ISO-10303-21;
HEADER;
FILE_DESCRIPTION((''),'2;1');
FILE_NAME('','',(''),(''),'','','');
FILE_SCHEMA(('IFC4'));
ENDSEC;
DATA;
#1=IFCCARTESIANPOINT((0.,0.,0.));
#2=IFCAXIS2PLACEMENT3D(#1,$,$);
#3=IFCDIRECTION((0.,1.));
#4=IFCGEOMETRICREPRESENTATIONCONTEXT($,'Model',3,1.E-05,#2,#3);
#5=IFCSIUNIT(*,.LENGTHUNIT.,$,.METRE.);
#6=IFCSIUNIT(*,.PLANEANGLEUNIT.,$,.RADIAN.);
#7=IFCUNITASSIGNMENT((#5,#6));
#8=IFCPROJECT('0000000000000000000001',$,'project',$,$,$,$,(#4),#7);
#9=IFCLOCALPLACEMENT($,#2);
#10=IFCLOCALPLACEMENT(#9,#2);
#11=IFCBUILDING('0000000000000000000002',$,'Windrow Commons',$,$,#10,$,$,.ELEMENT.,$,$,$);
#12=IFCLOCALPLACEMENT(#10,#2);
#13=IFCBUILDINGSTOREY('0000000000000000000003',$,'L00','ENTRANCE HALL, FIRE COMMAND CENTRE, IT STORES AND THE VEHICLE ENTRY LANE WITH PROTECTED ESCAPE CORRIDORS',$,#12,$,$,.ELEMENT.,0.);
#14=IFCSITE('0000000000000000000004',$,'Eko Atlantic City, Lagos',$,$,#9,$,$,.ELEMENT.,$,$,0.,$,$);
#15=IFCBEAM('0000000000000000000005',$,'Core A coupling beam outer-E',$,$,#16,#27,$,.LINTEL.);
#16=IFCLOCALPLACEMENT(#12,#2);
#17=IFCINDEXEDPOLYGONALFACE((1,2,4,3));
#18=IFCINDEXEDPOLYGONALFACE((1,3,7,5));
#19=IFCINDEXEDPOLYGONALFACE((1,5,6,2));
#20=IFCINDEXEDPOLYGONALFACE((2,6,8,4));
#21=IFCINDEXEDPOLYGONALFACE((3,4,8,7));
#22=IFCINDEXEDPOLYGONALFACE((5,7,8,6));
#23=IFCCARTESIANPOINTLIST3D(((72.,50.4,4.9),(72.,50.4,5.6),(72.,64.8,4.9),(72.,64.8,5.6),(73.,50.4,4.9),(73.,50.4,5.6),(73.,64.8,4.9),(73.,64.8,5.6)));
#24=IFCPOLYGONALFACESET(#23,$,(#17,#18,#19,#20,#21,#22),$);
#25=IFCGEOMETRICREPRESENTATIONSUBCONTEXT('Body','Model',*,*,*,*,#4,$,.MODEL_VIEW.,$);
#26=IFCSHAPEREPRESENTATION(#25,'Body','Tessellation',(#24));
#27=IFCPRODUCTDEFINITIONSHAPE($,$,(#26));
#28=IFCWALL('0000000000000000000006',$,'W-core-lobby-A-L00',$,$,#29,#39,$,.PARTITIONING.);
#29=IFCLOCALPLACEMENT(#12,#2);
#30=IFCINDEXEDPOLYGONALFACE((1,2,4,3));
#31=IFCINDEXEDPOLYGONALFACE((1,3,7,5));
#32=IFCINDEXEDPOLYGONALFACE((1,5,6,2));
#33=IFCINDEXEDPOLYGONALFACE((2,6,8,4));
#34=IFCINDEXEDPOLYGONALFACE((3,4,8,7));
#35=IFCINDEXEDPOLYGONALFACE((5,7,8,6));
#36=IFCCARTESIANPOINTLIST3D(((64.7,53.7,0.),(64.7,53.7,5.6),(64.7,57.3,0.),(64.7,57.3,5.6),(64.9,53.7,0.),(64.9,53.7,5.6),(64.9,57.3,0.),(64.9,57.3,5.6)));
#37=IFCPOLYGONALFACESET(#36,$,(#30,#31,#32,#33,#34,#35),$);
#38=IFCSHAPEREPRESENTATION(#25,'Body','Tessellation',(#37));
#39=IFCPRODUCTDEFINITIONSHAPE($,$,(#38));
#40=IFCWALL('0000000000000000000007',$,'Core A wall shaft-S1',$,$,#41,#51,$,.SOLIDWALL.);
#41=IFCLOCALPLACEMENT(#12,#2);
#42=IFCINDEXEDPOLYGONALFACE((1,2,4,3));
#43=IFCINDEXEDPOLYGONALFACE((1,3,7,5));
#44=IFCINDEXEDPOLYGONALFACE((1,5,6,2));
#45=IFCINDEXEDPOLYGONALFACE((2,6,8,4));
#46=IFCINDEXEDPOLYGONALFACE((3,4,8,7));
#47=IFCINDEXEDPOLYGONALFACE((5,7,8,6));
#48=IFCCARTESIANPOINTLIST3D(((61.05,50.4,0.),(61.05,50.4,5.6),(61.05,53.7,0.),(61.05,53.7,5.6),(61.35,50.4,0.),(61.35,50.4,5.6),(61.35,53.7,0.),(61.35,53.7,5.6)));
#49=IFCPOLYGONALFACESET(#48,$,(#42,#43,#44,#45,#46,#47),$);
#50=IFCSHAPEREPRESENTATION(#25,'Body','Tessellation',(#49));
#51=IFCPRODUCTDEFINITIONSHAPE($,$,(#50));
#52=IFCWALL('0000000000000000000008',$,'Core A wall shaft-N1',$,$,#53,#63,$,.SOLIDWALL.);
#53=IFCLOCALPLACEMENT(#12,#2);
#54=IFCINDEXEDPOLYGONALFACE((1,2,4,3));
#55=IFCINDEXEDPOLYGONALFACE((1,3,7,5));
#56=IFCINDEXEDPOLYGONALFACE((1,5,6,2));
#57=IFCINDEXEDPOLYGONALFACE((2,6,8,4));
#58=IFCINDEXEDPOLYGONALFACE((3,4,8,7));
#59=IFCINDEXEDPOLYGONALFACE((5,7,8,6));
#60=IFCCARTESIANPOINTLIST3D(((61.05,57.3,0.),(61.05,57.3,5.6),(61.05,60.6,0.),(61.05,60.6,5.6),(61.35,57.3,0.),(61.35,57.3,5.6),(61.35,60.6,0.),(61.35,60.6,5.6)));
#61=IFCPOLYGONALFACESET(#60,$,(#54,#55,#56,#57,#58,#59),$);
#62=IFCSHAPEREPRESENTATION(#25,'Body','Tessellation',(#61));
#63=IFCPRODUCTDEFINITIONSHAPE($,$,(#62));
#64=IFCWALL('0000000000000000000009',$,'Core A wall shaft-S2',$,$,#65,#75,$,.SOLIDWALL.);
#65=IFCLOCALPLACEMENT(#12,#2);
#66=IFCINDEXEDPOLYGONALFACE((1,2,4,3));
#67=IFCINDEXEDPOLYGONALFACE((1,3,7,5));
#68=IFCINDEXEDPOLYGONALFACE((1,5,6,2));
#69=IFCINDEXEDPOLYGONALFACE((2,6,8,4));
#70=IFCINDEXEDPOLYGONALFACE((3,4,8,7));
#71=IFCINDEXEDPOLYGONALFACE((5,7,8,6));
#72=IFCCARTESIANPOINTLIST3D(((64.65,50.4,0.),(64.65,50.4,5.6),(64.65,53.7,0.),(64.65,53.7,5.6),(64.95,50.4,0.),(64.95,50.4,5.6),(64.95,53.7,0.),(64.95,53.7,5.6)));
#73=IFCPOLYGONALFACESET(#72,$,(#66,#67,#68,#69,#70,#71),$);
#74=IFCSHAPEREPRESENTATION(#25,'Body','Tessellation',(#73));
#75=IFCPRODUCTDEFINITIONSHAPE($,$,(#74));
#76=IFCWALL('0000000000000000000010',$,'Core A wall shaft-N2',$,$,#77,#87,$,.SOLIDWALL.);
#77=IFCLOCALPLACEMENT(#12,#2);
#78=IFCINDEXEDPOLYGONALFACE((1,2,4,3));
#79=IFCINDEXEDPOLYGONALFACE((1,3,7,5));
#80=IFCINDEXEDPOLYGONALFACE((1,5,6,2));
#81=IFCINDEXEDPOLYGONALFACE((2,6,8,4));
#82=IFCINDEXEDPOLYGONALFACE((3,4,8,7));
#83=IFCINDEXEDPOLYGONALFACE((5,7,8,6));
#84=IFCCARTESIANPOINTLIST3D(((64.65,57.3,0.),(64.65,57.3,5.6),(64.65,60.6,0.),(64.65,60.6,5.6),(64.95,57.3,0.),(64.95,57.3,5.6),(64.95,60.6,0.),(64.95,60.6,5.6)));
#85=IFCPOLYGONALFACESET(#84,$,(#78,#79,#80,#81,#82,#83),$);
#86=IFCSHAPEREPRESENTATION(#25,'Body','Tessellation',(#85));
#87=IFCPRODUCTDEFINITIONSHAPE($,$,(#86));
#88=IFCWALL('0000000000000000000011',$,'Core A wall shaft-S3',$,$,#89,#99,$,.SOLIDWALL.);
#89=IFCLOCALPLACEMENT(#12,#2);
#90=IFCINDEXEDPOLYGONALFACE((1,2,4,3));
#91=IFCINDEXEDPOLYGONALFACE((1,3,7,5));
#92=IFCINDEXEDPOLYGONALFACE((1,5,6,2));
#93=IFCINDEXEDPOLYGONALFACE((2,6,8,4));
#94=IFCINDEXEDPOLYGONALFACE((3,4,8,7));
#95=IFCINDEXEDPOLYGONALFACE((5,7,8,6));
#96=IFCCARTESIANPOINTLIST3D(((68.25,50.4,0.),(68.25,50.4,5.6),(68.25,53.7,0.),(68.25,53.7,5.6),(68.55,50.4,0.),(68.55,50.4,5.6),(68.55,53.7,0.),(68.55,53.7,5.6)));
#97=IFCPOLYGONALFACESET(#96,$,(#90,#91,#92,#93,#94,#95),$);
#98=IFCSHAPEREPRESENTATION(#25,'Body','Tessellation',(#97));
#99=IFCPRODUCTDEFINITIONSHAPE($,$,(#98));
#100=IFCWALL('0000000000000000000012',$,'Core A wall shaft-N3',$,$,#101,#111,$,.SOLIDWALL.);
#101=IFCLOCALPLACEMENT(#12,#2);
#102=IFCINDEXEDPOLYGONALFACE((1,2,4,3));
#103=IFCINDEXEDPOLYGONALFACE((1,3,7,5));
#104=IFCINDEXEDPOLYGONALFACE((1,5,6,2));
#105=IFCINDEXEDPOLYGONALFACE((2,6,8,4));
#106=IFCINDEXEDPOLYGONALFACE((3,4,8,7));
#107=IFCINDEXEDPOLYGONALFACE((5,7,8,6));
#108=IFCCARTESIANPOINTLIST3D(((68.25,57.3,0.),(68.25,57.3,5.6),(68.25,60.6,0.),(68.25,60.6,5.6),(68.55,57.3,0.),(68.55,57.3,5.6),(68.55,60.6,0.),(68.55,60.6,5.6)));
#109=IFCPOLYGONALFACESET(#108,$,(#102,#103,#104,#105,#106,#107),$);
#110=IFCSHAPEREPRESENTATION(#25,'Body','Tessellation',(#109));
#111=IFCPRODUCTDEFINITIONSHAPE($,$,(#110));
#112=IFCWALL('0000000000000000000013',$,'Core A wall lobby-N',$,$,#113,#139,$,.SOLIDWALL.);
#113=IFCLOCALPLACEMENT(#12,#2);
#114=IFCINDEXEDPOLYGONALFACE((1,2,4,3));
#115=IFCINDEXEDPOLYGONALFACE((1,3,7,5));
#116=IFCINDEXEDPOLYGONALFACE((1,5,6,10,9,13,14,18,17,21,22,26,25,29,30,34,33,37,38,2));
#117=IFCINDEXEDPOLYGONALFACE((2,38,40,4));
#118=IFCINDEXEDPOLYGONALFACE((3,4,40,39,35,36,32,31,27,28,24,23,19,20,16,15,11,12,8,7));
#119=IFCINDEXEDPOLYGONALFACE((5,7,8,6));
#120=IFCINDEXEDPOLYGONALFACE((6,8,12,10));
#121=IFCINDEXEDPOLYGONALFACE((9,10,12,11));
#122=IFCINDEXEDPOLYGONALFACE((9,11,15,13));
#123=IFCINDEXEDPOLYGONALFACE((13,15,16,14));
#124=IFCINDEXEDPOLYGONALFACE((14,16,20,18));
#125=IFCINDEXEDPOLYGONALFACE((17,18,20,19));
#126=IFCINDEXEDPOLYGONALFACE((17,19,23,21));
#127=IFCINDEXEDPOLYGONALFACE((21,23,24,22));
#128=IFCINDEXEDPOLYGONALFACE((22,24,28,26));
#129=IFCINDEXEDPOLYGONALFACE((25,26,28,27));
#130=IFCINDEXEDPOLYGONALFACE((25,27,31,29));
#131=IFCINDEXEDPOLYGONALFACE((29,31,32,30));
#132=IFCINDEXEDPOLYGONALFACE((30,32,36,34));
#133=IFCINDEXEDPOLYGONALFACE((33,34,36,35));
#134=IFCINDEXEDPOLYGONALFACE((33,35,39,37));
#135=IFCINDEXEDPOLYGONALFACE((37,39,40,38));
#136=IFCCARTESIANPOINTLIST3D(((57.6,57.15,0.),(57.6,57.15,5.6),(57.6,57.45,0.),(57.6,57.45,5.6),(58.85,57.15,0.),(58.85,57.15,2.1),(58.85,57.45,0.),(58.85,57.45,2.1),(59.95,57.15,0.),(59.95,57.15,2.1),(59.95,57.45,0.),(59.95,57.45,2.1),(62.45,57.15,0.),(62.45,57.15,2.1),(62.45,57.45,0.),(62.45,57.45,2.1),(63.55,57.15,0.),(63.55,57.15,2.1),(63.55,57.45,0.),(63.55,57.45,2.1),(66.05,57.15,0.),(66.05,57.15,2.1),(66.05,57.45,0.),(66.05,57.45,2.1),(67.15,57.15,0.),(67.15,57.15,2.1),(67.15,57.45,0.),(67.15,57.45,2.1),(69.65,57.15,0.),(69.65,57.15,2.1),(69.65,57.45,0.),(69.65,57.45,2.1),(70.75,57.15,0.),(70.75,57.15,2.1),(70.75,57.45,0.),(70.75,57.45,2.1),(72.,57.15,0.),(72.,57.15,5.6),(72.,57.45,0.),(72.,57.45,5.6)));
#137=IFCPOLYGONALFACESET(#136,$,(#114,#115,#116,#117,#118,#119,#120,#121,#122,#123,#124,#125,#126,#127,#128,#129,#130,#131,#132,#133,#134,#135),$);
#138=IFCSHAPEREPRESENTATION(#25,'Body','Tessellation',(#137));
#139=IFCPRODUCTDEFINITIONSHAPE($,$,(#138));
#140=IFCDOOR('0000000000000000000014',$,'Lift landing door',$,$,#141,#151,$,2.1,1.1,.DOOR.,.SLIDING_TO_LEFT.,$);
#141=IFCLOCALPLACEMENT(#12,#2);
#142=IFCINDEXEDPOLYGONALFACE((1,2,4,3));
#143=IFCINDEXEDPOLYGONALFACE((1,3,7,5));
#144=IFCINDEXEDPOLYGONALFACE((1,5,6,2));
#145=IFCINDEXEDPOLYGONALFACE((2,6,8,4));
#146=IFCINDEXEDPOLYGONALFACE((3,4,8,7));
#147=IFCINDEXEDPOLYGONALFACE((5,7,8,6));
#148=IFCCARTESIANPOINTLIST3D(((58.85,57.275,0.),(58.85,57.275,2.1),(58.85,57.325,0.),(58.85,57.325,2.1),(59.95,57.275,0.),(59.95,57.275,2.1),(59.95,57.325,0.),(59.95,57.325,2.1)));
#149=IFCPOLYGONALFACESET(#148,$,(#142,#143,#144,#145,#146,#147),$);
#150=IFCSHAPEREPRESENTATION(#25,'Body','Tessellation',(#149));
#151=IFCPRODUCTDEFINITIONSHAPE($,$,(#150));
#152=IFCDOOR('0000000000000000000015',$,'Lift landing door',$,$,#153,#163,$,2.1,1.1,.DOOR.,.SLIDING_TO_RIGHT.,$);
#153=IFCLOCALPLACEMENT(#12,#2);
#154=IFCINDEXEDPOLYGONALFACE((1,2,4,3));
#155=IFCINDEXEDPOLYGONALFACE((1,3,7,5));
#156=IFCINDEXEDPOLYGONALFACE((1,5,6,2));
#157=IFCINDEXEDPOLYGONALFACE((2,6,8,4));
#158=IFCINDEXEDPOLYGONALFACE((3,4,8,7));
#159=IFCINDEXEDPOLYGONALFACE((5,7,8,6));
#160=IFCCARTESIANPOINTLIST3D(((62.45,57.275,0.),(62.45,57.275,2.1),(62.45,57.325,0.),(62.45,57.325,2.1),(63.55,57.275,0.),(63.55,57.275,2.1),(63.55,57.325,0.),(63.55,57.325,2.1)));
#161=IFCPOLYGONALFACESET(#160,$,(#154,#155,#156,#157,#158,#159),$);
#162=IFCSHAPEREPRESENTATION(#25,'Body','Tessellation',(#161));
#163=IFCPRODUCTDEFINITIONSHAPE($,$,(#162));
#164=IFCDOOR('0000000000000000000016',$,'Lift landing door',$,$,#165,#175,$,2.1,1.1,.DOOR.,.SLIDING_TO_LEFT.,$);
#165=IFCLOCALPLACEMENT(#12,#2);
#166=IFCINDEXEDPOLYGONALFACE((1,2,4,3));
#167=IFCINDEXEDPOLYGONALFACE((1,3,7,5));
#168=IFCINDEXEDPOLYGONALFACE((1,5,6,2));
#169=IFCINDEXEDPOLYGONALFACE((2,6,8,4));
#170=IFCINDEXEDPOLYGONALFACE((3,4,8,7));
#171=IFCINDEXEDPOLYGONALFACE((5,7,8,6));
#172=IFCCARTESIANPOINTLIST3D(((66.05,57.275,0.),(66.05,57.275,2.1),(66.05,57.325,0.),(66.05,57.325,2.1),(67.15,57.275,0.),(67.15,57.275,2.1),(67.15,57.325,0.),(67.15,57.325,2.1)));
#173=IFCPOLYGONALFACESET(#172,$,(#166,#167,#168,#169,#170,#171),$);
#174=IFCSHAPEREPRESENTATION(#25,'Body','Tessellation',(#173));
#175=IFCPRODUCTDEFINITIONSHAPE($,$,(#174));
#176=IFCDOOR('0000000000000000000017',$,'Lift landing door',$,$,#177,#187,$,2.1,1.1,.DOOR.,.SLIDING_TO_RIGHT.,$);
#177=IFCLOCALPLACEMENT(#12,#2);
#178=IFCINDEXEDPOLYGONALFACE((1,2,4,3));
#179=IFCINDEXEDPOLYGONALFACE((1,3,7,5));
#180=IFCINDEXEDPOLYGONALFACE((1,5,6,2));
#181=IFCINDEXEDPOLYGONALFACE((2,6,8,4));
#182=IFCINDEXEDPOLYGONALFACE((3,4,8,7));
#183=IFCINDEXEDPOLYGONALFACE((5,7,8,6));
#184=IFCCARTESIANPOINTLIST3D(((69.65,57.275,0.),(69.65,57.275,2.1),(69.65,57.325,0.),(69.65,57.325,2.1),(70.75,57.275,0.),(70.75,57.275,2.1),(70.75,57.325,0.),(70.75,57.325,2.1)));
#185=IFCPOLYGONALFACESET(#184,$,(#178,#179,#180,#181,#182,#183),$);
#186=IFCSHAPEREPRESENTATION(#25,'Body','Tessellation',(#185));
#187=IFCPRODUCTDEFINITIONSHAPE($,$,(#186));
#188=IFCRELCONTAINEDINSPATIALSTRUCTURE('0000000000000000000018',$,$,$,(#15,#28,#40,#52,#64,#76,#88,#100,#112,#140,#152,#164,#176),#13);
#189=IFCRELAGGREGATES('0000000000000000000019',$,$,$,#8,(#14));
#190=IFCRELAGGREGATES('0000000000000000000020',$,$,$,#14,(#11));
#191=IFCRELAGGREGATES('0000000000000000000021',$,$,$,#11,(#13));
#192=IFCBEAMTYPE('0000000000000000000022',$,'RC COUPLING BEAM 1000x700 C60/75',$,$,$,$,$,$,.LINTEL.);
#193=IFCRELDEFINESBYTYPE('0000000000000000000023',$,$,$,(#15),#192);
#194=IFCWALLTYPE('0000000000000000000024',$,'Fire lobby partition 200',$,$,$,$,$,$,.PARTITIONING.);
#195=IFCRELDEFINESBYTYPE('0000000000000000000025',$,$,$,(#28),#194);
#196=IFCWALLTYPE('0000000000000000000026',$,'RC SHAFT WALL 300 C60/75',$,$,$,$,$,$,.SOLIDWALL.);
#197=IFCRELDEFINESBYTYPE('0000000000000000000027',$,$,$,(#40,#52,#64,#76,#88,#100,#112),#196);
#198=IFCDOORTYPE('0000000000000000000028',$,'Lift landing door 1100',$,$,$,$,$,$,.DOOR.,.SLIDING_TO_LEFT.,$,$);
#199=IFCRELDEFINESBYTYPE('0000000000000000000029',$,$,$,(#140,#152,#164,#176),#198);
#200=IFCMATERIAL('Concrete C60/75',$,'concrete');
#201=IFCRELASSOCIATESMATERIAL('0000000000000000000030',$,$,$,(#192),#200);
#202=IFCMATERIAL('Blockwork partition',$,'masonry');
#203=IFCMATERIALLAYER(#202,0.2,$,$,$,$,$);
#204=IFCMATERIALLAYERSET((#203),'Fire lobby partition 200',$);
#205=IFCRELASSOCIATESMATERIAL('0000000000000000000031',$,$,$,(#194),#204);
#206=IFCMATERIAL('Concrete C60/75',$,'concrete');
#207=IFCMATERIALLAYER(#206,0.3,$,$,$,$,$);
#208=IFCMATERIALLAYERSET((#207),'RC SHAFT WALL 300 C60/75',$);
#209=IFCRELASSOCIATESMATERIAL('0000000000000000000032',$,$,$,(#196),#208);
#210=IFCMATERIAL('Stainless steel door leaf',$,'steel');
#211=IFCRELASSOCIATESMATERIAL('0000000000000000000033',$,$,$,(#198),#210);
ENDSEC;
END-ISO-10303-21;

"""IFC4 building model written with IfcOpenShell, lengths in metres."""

from ifc_helpers import new_model, si_unit, direction, frame, frame_2d, origin, origin_2d, place, context, subcontext, project, spatial, rectangle, extrude, material, layer, layer_set, material_profile, profile_set, type_object, element, fill, save


model = new_model("IFC4")

# Units and contexts
model_context = context("Model", 3, precision=1e-05, world=origin(), true_north=direction((0.0, 1.0)))
body_context = subcontext(model_context, "Body", "Model", "MODEL_VIEW")
ifc_project = project(units=[si_unit("LENGTHUNIT", "METRE"), si_unit("PLANEANGLEUNIT", "RADIAN")], contexts=[model_context])

# Site, building, storey
site_placement = place(None, origin())
site = spatial("IfcSite", under=ifc_project, at=site_placement, Name="Eko Atlantic City, Lagos", CompositionType="ELEMENT", RefElevation=0.0)
building_placement = place(site_placement, origin())
building = spatial("IfcBuilding", under=site, at=building_placement, Name="Windrow Commons", CompositionType="ELEMENT")
storey_placement = place(building_placement, origin())
storey = spatial("IfcBuildingStorey", under=building, at=storey_placement, Name="L00", Description="ENTRANCE HALL, FIRE COMMAND CENTRE, IT STORES AND THE VEHICLE ENTRY LANE WITH PROTECTED ESCAPE CORRIDORS", CompositionType="ELEMENT", Elevation=0.0)

# Beam
ifc_material_1 = material(Name="Concrete C60/75", Category="concrete")
ifc_material_profile = material_profile(ifc_material_1, rectangle(XDim=1.0, YDim=0.7, at=origin_2d()))
ifc_profile_set = profile_set([ifc_material_profile], Name="Concrete C60/75")
beam_type = type_object("IfcBeamType", Name="RC COUPLING BEAM 1000x700 C60/75", PredefinedType="LINTEL", material=ifc_profile_set)
beam_placement = place(storey_placement, frame((72.5, 50.4, 5.25), z_axis=(0.0, 1.0, 0.0), x_axis=(-1.0, 0.0, 0.0)))
element("IfcBeam", 1, at=beam_placement, inside=storey, type_object=beam_type, Name="Core A coupling beam outer-E", PredefinedType="LINTEL", context=body_context, shape_type="SweptSolid", body=[
    extrude(rectangle(XDim=1.0, YDim=0.7, at=origin_2d()), origin(), (0.0, 0.0, 1.0), 14.4),
])

# Walls
ifc_material_2 = material(Name="Blockwork partition", Category="masonry")
ifc_layer_1 = layer(ifc_material_2, 0.2)
ifc_layer_set_1 = layer_set([ifc_layer_1], Name="Fire lobby partition 200")
wall_type_1 = type_object("IfcWallType", Name="Fire lobby partition 200", PredefinedType="PARTITIONING", material=ifc_layer_set_1)
wall_1_placement = place(storey_placement, frame((64.8, 53.7, 0.0), z_axis=(0.0, 0.0, 1.0), x_axis=(0.0, 1.0, 0.0)))
element("IfcWall", 2, at=wall_1_placement, inside=storey, type_object=wall_type_1, Name="W-core-lobby-A-L00", PredefinedType="PARTITIONING", context=body_context, shape_type="SweptSolid", body=[
    extrude(rectangle(XDim=3.6, YDim=0.2, at=frame_2d((1.8, 0.0))), origin(), (0.0, 0.0, 1.0), 5.6),
])
ifc_material_3 = material(Name="Concrete C60/75", Category="concrete")
ifc_layer_2 = layer(ifc_material_3, 0.3)
ifc_layer_set_2 = layer_set([ifc_layer_2], Name="RC SHAFT WALL 300 C60/75")
wall_type_2 = type_object("IfcWallType", Name="RC SHAFT WALL 300 C60/75", PredefinedType="SOLIDWALL", material=ifc_layer_set_2)
for number, where, z_axis, x_axis, name in (
    (3, (61.2, 50.4, 0.0), (0.0, 0.0, 1.0), (0.0, 1.0, 0.0), "Core A wall shaft-S1"),
    (4, (61.2, 57.3, 0.0), (0.0, 0.0, 1.0), (0.0, 1.0, 0.0), "Core A wall shaft-N1"),
    (5, (64.8, 50.4, 0.0), (0.0, 0.0, 1.0), (0.0, 1.0, 0.0), "Core A wall shaft-S2"),
    (6, (64.8, 57.3, 0.0), (0.0, 0.0, 1.0), (0.0, 1.0, 0.0), "Core A wall shaft-N2"),
    (7, (68.4, 50.4, 0.0), (0.0, 0.0, 1.0), (0.0, 1.0, 0.0), "Core A wall shaft-S3"),
    (8, (68.4, 57.3, 0.0), (0.0, 0.0, 1.0), (0.0, 1.0, 0.0), "Core A wall shaft-N3"),
):
    element("IfcWall", number, at=place(storey_placement, frame(where, z_axis=z_axis, x_axis=x_axis)), inside=storey, type_object=wall_type_2, Name=name, PredefinedType="SOLIDWALL", context=body_context, shape_type="SweptSolid", body=[
        extrude(rectangle(XDim=3.3, YDim=0.3, at=frame_2d((1.65, 0.0))), origin(), (0.0, 0.0, 1.0), 5.6),
    ])

# Wall, openings, doors
wall_2_placement = place(storey_placement, frame((57.6, 57.3, 0.0), z_axis=(0.0, 0.0, 1.0), x_axis=(1.0, 0.0, 0.0)))
wall_2 = element("IfcWall", 9, at=wall_2_placement, inside=storey, type_object=wall_type_2, Name="Core A wall lobby-N", PredefinedType="SOLIDWALL", context=body_context, shape_type="SweptSolid", body=[
    extrude(rectangle(XDim=14.4, YDim=0.3, at=frame_2d((7.2, 0.0))), origin(), (0.0, 0.0, 1.0), 5.6),
])
opening_1_placement = place(wall_2_placement, frame((1.25, 0.0, 0.0)))
opening_1 = element("IfcOpeningElement", 10, at=opening_1_placement, cuts=wall_2, PredefinedType="OPENING", context=body_context, shape_type="SweptSolid", body=[
    extrude(rectangle(XDim=1.1, YDim=2.1, at=frame_2d((0.55, 1.05))), frame((0.0, 0.16, 0.0), z_axis=(0.0, -1.0, 0.0), x_axis=(1.0, 0.0, 0.0)), (0.0, 0.0, 1.0), 0.32),
])
opening_2_placement = place(wall_2_placement, frame((4.85, 0.0, 0.0)))
opening_2 = element("IfcOpeningElement", 11, at=opening_2_placement, cuts=wall_2, PredefinedType="OPENING", context=body_context, shape_type="SweptSolid", body=[
    extrude(rectangle(XDim=1.1, YDim=2.1, at=frame_2d((0.55, 1.05))), frame((0.0, 0.16, 0.0), z_axis=(0.0, -1.0, 0.0), x_axis=(1.0, 0.0, 0.0)), (0.0, 0.0, 1.0), 0.32),
])
opening_3_placement = place(wall_2_placement, frame((8.45, 0.0, 0.0)))
opening_3 = element("IfcOpeningElement", 12, at=opening_3_placement, cuts=wall_2, PredefinedType="OPENING", context=body_context, shape_type="SweptSolid", body=[
    extrude(rectangle(XDim=1.1, YDim=2.1, at=frame_2d((0.55, 1.05))), frame((0.0, 0.16, 0.0), z_axis=(0.0, -1.0, 0.0), x_axis=(1.0, 0.0, 0.0)), (0.0, 0.0, 1.0), 0.32),
])
opening_4_placement = place(wall_2_placement, frame((12.05, 0.0, 0.0)))
opening_4 = element("IfcOpeningElement", 13, at=opening_4_placement, cuts=wall_2, PredefinedType="OPENING", context=body_context, shape_type="SweptSolid", body=[
    extrude(rectangle(XDim=1.1, YDim=2.1, at=frame_2d((0.55, 1.05))), frame((0.0, 0.16, 0.0), z_axis=(0.0, -1.0, 0.0), x_axis=(1.0, 0.0, 0.0)), (0.0, 0.0, 1.0), 0.32),
])
ifc_material_4 = material(Name="Stainless steel door leaf", Category="steel")
door_type = type_object("IfcDoorType", Name="Lift landing door 1100", OperationType="SLIDING_TO_LEFT", PredefinedType="DOOR", material=ifc_material_4)
door_1_placement = place(opening_1_placement, origin())
door_1 = element("IfcDoor", 14, at=door_1_placement, inside=storey, type_object=door_type, Name="Lift landing door", OperationType="SLIDING_TO_LEFT", OverallHeight=2.1, OverallWidth=1.1, PredefinedType="DOOR", context=body_context, shape_type="SweptSolid", body=[
    extrude(rectangle(XDim=1.1, YDim=2.1, at=frame_2d((0.55, 1.05))), frame((0.0, 0.025, 0.0), z_axis=(0.0, -1.0, 0.0), x_axis=(1.0, 0.0, 0.0)), (0.0, 0.0, 1.0), 0.05),
])
fill(opening_1, door_1)
door_2_placement = place(opening_2_placement, origin())
door_2 = element("IfcDoor", 15, at=door_2_placement, inside=storey, type_object=door_type, Name="Lift landing door", OperationType="SLIDING_TO_RIGHT", OverallHeight=2.1, OverallWidth=1.1, PredefinedType="DOOR", context=body_context, shape_type="SweptSolid", body=[
    extrude(rectangle(XDim=1.1, YDim=2.1, at=frame_2d((0.55, 1.05))), frame((0.0, 0.025, 0.0), z_axis=(0.0, -1.0, 0.0), x_axis=(1.0, 0.0, 0.0)), (0.0, 0.0, 1.0), 0.05),
])
fill(opening_2, door_2)
door_3_placement = place(opening_3_placement, origin())
door_3 = element("IfcDoor", 16, at=door_3_placement, inside=storey, type_object=door_type, Name="Lift landing door", OperationType="SLIDING_TO_LEFT", OverallHeight=2.1, OverallWidth=1.1, PredefinedType="DOOR", context=body_context, shape_type="SweptSolid", body=[
    extrude(rectangle(XDim=1.1, YDim=2.1, at=frame_2d((0.55, 1.05))), frame((0.0, 0.025, 0.0), z_axis=(0.0, -1.0, 0.0), x_axis=(1.0, 0.0, 0.0)), (0.0, 0.0, 1.0), 0.05),
])
fill(opening_3, door_3)
door_4_placement = place(opening_4_placement, origin())
door_4 = element("IfcDoor", 17, at=door_4_placement, inside=storey, type_object=door_type, Name="Lift landing door", OperationType="SLIDING_TO_RIGHT", OverallHeight=2.1, OverallWidth=1.1, PredefinedType="DOOR", context=body_context, shape_type="SweptSolid", body=[
    extrude(rectangle(XDim=1.1, YDim=2.1, at=frame_2d((0.55, 1.05))), frame((0.0, 0.025, 0.0), z_axis=(0.0, -1.0, 0.0), x_axis=(1.0, 0.0, 0.0)), (0.0, 0.0, 1.0), 0.05),
])
fill(opening_4, door_4)

save(model, "model.ifc")
